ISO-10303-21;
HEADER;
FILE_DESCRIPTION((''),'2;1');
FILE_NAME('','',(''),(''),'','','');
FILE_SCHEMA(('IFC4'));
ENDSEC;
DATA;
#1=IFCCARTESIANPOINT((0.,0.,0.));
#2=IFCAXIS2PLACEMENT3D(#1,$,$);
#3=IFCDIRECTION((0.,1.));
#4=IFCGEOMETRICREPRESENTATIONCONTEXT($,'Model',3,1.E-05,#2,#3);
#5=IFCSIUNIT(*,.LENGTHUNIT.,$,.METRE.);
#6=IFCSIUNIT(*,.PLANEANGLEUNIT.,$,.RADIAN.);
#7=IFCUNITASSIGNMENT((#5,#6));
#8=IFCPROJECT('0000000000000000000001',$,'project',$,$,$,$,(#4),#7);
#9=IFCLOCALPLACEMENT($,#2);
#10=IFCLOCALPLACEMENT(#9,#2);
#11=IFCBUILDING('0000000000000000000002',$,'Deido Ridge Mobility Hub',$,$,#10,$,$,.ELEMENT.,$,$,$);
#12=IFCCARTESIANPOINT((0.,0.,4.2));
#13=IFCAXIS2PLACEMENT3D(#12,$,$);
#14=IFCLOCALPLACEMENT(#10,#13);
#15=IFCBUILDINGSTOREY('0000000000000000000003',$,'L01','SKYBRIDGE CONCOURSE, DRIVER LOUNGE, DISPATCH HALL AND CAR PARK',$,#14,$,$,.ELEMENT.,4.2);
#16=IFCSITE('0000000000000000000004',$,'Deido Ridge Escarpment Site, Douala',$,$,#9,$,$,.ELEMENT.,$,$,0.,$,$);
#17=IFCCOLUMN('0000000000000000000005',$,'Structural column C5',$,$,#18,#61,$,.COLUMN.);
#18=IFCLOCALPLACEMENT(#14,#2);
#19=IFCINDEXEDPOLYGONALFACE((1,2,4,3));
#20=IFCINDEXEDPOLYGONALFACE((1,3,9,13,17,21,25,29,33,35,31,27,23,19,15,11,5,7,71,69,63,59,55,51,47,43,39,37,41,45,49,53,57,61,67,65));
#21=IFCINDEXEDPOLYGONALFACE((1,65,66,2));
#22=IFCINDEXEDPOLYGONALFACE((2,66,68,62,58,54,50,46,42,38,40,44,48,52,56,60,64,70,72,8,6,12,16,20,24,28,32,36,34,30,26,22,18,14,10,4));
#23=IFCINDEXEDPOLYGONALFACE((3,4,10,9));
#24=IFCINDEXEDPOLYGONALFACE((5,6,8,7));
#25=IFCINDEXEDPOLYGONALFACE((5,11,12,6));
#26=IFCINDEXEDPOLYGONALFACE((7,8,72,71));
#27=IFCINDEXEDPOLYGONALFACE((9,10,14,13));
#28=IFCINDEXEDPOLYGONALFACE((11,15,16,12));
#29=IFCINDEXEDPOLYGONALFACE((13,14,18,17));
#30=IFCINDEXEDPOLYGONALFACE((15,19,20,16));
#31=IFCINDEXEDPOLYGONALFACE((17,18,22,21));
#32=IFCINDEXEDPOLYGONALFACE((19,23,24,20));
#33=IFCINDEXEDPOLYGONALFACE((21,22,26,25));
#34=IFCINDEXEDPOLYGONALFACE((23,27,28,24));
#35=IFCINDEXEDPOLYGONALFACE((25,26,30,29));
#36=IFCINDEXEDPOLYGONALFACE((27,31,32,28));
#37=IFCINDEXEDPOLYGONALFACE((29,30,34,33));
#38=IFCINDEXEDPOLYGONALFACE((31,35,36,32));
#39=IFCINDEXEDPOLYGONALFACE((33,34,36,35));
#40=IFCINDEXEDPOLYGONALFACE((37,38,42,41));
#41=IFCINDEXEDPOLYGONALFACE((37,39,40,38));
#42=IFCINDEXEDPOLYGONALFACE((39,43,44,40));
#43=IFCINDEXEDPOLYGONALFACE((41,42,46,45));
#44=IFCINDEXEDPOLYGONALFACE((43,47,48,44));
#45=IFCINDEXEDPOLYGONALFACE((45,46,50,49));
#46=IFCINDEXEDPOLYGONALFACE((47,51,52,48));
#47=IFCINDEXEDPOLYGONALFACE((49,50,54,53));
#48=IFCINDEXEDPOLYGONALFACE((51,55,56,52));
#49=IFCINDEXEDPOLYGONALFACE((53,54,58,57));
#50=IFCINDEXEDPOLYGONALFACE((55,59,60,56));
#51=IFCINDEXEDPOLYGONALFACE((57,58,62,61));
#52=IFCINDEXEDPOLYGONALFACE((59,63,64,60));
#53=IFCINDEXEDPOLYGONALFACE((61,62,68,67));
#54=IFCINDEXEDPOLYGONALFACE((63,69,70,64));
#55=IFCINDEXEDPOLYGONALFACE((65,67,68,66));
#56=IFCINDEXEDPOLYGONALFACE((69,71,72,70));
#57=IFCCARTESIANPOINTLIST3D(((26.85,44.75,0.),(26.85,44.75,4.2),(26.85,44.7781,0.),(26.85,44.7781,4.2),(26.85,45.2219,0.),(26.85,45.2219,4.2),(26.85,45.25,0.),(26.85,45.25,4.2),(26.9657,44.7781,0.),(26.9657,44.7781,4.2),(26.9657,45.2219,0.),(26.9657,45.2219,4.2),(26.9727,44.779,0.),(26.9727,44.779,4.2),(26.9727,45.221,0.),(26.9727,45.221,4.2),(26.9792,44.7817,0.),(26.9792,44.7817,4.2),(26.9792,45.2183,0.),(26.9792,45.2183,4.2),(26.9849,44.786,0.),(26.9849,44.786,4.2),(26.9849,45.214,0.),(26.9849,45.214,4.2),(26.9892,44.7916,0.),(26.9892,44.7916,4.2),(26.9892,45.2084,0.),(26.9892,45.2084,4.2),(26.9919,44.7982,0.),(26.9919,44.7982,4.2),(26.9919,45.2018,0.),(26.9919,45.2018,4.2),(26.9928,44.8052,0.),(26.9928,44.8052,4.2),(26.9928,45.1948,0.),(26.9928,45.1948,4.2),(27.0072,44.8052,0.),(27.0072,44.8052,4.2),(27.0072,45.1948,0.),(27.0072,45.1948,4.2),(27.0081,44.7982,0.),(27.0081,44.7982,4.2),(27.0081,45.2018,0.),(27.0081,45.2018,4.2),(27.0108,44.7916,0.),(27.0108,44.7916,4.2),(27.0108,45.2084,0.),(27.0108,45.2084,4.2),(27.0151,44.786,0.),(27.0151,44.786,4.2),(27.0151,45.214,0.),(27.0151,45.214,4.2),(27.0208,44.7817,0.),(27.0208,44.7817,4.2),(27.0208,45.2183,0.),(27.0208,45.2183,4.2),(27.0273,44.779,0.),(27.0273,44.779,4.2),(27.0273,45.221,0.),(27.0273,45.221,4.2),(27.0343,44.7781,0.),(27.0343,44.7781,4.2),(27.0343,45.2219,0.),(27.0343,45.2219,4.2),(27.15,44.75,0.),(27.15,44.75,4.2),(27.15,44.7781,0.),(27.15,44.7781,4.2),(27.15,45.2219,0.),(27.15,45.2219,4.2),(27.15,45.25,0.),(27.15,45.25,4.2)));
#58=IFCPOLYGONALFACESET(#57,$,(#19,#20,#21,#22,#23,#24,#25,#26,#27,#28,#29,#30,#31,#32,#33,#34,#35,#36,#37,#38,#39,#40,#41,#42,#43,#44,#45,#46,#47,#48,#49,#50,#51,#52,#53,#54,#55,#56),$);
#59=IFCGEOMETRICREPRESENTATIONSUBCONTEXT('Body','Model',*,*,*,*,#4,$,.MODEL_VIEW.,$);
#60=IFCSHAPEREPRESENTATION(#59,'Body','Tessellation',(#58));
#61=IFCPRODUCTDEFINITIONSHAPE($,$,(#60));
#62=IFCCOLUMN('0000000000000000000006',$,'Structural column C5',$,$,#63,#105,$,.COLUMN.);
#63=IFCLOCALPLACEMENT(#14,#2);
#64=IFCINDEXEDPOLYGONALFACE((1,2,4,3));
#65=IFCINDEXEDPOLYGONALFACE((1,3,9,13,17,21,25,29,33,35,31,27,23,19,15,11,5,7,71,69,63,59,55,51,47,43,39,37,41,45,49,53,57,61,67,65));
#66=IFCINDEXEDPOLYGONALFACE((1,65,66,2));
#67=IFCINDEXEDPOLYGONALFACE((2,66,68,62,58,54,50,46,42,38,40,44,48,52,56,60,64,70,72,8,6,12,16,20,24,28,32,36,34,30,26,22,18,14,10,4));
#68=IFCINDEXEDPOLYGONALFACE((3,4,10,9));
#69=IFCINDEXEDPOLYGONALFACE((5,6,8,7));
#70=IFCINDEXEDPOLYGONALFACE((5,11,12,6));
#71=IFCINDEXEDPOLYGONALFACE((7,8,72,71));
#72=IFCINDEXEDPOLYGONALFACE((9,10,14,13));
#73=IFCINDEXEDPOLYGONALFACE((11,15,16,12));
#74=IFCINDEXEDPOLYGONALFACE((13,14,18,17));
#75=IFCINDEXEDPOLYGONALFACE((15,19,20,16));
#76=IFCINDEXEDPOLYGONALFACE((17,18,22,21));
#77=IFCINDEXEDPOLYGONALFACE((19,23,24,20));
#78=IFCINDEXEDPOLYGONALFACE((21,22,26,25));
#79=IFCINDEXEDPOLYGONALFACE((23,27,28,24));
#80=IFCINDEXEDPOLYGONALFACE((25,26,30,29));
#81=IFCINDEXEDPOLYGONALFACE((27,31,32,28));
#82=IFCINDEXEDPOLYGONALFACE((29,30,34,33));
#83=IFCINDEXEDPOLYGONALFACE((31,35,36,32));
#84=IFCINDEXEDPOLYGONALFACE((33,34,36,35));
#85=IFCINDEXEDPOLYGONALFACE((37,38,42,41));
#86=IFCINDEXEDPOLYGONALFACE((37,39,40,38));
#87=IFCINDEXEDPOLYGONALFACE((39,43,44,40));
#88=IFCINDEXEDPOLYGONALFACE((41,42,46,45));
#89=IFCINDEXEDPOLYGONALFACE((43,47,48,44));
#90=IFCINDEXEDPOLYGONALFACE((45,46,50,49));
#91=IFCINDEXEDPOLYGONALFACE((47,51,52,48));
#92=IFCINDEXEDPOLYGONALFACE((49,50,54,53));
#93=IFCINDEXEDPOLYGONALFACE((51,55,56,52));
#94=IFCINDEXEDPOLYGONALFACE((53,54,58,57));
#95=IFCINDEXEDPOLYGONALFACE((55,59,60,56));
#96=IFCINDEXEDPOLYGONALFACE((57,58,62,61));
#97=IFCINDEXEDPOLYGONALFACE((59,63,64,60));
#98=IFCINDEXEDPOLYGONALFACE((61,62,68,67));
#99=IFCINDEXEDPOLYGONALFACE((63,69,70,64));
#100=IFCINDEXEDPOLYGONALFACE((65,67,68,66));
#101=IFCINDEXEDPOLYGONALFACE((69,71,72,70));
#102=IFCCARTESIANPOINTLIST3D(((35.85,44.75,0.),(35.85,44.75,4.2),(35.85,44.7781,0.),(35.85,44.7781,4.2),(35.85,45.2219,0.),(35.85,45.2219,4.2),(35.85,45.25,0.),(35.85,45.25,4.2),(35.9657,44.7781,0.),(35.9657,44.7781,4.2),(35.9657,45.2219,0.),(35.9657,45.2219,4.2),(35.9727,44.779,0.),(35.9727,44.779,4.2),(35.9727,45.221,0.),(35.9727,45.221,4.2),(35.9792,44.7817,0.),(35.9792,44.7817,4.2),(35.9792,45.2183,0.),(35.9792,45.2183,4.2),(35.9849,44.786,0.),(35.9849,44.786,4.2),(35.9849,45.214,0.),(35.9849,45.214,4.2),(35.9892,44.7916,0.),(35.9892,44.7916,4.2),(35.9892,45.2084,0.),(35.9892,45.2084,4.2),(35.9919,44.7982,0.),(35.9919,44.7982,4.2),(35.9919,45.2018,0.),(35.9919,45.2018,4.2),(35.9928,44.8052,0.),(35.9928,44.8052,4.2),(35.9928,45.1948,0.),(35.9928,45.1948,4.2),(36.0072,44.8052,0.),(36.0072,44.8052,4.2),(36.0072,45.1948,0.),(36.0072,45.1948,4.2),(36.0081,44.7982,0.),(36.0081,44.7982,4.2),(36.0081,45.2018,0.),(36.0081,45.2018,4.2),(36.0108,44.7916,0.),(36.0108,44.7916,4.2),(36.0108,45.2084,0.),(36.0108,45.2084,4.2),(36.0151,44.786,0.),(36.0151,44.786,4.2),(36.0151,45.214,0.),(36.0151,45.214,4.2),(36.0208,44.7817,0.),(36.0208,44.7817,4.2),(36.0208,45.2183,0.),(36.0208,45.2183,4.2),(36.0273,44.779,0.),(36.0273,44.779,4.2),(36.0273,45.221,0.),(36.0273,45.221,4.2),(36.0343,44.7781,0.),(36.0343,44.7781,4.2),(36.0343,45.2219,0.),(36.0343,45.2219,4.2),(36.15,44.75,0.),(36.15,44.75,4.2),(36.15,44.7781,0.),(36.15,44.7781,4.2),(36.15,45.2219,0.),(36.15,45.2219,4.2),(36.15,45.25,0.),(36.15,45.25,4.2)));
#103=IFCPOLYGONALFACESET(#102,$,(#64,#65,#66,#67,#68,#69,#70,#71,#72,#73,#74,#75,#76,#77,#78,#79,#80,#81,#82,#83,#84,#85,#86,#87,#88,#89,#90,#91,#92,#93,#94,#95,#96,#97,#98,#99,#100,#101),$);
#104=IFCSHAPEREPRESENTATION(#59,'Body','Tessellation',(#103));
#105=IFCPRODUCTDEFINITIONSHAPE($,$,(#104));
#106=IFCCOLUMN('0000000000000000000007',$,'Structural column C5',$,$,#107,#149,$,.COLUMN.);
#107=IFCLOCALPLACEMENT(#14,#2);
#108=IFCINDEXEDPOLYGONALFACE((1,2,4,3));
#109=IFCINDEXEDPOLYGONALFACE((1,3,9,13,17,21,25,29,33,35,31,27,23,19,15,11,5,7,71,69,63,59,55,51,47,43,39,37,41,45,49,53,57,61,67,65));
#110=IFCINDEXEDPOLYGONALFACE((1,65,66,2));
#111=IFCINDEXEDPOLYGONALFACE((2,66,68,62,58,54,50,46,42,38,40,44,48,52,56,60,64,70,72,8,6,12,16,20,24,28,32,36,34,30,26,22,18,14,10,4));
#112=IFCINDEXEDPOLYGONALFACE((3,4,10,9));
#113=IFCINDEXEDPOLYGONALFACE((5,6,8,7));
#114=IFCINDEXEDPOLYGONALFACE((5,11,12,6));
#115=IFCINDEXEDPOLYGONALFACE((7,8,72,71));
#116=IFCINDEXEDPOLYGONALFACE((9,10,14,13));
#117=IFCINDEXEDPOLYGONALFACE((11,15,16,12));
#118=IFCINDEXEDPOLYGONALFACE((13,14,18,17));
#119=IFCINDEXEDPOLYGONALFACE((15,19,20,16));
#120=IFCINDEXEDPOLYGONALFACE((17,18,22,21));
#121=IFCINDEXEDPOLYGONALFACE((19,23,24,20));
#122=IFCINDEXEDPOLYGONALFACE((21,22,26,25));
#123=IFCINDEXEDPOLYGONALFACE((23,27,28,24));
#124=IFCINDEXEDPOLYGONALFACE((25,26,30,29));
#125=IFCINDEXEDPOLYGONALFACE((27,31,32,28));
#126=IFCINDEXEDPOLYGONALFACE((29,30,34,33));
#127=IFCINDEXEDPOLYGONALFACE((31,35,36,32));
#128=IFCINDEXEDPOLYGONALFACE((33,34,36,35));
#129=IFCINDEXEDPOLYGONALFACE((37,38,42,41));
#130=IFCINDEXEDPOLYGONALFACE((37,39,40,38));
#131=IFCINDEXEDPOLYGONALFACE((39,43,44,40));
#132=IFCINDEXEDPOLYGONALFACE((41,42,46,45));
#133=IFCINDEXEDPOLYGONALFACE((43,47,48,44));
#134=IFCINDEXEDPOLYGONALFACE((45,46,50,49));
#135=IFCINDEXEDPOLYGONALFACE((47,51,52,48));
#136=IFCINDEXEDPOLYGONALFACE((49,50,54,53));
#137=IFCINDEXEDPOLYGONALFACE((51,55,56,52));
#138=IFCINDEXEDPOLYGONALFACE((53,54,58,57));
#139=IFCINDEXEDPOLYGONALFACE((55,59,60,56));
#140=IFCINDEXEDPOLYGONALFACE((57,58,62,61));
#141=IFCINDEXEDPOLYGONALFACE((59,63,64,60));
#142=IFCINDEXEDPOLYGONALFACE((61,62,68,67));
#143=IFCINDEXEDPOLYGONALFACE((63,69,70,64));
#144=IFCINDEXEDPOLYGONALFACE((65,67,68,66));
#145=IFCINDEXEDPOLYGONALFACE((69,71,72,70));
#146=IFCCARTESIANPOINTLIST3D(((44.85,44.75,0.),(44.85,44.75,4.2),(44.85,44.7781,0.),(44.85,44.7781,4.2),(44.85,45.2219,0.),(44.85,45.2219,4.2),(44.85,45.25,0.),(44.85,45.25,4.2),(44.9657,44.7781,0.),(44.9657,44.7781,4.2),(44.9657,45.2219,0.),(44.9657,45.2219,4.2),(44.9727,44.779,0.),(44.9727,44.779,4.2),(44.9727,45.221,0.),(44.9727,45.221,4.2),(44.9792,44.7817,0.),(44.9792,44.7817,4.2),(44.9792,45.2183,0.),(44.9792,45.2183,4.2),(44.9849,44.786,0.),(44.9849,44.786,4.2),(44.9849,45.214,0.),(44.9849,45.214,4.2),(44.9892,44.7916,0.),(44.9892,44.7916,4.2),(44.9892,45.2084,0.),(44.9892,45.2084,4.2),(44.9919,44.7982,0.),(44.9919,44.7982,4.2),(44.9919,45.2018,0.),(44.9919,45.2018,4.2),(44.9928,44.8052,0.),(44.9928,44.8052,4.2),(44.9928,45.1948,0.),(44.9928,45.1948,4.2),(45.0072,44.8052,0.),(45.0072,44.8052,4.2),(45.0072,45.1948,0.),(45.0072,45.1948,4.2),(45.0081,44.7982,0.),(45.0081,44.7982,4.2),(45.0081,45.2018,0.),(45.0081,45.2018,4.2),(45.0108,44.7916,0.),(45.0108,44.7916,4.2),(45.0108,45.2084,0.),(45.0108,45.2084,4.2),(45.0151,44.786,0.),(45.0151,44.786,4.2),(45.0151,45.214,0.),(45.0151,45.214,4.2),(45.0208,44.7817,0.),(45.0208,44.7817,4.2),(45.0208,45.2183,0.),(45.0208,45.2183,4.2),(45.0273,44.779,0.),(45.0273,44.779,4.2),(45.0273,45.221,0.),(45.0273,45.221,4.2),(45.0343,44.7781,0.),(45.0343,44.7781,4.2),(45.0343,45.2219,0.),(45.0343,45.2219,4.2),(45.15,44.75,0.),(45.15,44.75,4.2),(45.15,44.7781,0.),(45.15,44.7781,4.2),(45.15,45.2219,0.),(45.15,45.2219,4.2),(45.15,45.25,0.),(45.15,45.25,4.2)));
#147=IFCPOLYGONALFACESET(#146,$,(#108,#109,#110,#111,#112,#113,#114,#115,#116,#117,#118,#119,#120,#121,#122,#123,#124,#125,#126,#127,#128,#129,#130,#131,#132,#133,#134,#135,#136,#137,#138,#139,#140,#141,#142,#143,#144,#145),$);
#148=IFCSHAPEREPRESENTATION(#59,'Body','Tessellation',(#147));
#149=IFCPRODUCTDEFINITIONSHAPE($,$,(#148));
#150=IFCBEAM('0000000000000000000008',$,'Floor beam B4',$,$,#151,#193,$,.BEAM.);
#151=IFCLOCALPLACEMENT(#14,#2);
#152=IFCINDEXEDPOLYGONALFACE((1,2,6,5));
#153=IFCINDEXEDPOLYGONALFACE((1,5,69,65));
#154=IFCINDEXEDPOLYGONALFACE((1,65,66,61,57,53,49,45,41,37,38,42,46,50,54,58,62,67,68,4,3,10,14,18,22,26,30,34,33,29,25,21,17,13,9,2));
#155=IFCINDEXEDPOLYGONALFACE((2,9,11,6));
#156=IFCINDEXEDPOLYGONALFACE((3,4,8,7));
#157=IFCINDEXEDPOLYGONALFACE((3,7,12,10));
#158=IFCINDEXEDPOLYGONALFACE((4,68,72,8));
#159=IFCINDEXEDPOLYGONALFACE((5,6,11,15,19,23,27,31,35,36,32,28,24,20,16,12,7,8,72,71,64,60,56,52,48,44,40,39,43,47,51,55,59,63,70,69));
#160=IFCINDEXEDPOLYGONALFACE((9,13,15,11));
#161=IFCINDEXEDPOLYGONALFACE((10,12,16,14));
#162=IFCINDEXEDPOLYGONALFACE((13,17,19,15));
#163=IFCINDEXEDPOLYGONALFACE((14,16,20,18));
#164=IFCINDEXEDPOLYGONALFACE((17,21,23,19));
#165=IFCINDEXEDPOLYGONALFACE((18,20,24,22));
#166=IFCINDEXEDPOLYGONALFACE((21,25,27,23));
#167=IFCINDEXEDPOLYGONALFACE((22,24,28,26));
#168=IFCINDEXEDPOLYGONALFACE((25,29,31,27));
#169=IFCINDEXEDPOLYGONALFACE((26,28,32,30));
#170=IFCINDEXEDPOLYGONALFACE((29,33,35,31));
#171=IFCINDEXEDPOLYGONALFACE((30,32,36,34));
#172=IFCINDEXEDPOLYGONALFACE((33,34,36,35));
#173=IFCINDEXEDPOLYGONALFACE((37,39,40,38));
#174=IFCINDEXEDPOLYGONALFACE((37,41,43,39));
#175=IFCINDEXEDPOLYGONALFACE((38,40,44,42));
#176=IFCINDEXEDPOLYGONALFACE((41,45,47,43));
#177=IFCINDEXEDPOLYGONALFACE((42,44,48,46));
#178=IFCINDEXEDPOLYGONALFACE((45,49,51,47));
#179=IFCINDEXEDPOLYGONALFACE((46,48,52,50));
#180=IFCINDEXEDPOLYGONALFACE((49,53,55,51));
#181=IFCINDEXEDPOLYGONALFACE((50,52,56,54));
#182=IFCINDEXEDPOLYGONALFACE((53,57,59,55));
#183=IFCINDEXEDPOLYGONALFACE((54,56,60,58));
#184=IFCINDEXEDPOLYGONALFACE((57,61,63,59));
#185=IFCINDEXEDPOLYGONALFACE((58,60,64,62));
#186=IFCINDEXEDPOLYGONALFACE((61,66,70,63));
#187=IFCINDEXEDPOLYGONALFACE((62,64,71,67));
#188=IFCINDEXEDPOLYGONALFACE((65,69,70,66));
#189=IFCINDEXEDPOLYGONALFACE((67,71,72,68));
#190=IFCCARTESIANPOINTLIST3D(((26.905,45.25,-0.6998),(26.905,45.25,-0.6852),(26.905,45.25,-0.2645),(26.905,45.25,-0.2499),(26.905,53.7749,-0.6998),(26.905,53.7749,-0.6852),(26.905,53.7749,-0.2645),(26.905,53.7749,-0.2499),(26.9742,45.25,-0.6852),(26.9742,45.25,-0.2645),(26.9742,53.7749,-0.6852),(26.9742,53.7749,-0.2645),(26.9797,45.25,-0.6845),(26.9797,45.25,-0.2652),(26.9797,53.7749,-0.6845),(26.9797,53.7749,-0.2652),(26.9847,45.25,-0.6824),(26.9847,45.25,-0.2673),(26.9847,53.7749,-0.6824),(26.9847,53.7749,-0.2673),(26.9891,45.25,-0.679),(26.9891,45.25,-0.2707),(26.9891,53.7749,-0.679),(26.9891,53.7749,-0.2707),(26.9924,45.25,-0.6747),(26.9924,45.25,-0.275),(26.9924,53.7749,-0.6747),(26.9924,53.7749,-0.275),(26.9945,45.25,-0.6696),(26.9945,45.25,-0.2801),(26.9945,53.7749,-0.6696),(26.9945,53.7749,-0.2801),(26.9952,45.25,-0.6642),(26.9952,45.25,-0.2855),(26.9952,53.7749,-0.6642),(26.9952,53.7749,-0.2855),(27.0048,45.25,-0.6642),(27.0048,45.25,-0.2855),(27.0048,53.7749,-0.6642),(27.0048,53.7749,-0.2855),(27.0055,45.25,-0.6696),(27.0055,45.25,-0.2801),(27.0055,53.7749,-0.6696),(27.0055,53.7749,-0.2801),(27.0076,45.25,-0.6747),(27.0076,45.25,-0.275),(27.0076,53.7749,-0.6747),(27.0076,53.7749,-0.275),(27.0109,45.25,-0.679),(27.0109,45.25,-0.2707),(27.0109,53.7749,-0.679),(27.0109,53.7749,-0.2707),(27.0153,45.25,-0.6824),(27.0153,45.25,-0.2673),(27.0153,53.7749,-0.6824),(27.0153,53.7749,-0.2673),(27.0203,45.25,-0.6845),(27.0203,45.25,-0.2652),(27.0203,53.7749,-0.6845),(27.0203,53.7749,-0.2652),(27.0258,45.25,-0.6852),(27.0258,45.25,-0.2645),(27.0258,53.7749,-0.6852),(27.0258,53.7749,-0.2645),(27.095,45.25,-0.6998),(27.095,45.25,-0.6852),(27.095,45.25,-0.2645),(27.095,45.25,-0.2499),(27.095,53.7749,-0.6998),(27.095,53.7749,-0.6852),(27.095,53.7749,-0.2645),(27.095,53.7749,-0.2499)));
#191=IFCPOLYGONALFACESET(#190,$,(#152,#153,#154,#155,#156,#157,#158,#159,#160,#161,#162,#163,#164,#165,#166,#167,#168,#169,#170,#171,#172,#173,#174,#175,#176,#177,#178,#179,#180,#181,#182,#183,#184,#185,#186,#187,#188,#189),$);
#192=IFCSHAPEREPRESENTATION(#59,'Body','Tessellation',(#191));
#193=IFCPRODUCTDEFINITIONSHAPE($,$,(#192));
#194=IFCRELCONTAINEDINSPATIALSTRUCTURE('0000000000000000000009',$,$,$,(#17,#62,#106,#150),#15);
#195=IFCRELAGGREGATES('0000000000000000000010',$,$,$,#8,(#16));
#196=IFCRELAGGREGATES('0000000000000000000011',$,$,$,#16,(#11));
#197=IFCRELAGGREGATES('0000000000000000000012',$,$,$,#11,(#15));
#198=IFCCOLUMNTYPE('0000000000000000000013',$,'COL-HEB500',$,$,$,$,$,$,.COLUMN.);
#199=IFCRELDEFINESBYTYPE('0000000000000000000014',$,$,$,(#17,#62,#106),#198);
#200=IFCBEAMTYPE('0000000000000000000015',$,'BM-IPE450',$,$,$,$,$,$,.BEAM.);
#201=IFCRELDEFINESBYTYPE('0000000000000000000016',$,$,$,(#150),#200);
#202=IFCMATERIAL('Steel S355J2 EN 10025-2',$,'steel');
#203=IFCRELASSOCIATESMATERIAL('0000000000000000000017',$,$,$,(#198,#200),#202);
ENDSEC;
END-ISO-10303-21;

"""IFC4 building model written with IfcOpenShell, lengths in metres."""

from ifc_helpers import new_model, si_unit, direction, frame, origin, origin_2d, place, context, subcontext, project, spatial, i_section, extrude, material, material_profile, profile_set, type_object, element, save


model = new_model("IFC4")

# Units and contexts
model_context = context("Model", 3, precision=1e-05, world=origin(), true_north=direction((0.0, 1.0)))
body_context = subcontext(model_context, "Body", "Model", "MODEL_VIEW")
ifc_project = project(units=[si_unit("LENGTHUNIT", "METRE"), si_unit("PLANEANGLEUNIT", "RADIAN")], contexts=[model_context])

# Site, building, storey
site_placement = place(None, origin())
site = spatial("IfcSite", under=ifc_project, at=site_placement, Name="Deido Ridge Escarpment Site, Douala", CompositionType="ELEMENT", RefElevation=0.0)
building_placement = place(site_placement, origin())
building = spatial("IfcBuilding", under=site, at=building_placement, Name="Deido Ridge Mobility Hub", CompositionType="ELEMENT")
storey_placement = place(building_placement, frame((0.0, 0.0, 4.2)))
storey = spatial("IfcBuildingStorey", under=building, at=storey_placement, Name="L01", Description="SKYBRIDGE CONCOURSE, DRIVER LOUNGE, DISPATCH HALL AND CAR PARK", CompositionType="ELEMENT", Elevation=4.2)

# Columns
ifc_material_1 = material(Name="Steel S355J2 EN 10025-2", Category="steel")
ifc_material_profile_1 = material_profile(ifc_material_1, i_section(OverallWidth=0.3, OverallDepth=0.5, WebThickness=0.0144, FlangeThickness=0.0281, FilletRadius=0.0271, at=origin_2d()), Name="HEB 500")
ifc_profile_set_1 = profile_set([ifc_material_profile_1], Name="Steel S355J2 EN 10025-2")
column_type = type_object("IfcColumnType", Name="COL-HEB500", PredefinedType="COLUMN", material=ifc_profile_set_1)
for number, where, z_axis, x_axis, name in (
    (1, (27.0, 45.0, 0.0), (0.0, 0.0, 1.0), (1.0, 0.0, 0.0), "Structural column C5"),
    (2, (36.0, 45.0, 0.0), (0.0, 0.0, 1.0), (1.0, 0.0, 0.0), "Structural column C5"),
    (3, (45.0, 45.0, 0.0), (0.0, 0.0, 1.0), (1.0, 0.0, 0.0), "Structural column C5"),
):
    element("IfcColumn", number, at=place(storey_placement, frame(where, z_axis=z_axis, x_axis=x_axis)), inside=storey, type_object=column_type, Name=name, PredefinedType="COLUMN", context=body_context, shape_type="SweptSolid", body=[
        extrude(i_section(OverallWidth=0.3, OverallDepth=0.5, WebThickness=0.0144, FlangeThickness=0.0281, FilletRadius=0.0271, at=origin_2d()), origin(), (0.0, 0.0, 1.0), 4.2),
    ])

# Beam
ifc_material_profile_2 = material_profile(ifc_material_1, i_section(OverallWidth=0.1899, OverallDepth=0.45, WebThickness=0.0095, FlangeThickness=0.0146, FilletRadius=0.021, at=origin_2d()), Name="IPE 450")
ifc_profile_set_2 = profile_set([ifc_material_profile_2], Name="Steel S355J2 EN 10025-2")
beam_type_1 = type_object("IfcBeamType", Name="BM-IPE450", PredefinedType="BEAM", material=ifc_profile_set_2)
for number, where, z_axis, x_axis, name in (
    (4, (27.0, 45.25, -0.4749), (0.0, 1.0, 0.0), (-1.0, 0.0, 0.0), "Floor beam B4"),
):
    element("IfcBeam", number, at=place(storey_placement, frame(where, z_axis=z_axis, x_axis=x_axis)), inside=storey, type_object=beam_type_1, Name=name, PredefinedType="BEAM", context=body_context, shape_type="SweptSolid", body=[
        extrude(i_section(OverallWidth=0.1899, OverallDepth=0.45, WebThickness=0.0095, FlangeThickness=0.0146, FilletRadius=0.021, at=origin_2d()), origin(), (0.0, 0.0, 1.0), 8.5249),
    ])

save(model, "model.ifc")
